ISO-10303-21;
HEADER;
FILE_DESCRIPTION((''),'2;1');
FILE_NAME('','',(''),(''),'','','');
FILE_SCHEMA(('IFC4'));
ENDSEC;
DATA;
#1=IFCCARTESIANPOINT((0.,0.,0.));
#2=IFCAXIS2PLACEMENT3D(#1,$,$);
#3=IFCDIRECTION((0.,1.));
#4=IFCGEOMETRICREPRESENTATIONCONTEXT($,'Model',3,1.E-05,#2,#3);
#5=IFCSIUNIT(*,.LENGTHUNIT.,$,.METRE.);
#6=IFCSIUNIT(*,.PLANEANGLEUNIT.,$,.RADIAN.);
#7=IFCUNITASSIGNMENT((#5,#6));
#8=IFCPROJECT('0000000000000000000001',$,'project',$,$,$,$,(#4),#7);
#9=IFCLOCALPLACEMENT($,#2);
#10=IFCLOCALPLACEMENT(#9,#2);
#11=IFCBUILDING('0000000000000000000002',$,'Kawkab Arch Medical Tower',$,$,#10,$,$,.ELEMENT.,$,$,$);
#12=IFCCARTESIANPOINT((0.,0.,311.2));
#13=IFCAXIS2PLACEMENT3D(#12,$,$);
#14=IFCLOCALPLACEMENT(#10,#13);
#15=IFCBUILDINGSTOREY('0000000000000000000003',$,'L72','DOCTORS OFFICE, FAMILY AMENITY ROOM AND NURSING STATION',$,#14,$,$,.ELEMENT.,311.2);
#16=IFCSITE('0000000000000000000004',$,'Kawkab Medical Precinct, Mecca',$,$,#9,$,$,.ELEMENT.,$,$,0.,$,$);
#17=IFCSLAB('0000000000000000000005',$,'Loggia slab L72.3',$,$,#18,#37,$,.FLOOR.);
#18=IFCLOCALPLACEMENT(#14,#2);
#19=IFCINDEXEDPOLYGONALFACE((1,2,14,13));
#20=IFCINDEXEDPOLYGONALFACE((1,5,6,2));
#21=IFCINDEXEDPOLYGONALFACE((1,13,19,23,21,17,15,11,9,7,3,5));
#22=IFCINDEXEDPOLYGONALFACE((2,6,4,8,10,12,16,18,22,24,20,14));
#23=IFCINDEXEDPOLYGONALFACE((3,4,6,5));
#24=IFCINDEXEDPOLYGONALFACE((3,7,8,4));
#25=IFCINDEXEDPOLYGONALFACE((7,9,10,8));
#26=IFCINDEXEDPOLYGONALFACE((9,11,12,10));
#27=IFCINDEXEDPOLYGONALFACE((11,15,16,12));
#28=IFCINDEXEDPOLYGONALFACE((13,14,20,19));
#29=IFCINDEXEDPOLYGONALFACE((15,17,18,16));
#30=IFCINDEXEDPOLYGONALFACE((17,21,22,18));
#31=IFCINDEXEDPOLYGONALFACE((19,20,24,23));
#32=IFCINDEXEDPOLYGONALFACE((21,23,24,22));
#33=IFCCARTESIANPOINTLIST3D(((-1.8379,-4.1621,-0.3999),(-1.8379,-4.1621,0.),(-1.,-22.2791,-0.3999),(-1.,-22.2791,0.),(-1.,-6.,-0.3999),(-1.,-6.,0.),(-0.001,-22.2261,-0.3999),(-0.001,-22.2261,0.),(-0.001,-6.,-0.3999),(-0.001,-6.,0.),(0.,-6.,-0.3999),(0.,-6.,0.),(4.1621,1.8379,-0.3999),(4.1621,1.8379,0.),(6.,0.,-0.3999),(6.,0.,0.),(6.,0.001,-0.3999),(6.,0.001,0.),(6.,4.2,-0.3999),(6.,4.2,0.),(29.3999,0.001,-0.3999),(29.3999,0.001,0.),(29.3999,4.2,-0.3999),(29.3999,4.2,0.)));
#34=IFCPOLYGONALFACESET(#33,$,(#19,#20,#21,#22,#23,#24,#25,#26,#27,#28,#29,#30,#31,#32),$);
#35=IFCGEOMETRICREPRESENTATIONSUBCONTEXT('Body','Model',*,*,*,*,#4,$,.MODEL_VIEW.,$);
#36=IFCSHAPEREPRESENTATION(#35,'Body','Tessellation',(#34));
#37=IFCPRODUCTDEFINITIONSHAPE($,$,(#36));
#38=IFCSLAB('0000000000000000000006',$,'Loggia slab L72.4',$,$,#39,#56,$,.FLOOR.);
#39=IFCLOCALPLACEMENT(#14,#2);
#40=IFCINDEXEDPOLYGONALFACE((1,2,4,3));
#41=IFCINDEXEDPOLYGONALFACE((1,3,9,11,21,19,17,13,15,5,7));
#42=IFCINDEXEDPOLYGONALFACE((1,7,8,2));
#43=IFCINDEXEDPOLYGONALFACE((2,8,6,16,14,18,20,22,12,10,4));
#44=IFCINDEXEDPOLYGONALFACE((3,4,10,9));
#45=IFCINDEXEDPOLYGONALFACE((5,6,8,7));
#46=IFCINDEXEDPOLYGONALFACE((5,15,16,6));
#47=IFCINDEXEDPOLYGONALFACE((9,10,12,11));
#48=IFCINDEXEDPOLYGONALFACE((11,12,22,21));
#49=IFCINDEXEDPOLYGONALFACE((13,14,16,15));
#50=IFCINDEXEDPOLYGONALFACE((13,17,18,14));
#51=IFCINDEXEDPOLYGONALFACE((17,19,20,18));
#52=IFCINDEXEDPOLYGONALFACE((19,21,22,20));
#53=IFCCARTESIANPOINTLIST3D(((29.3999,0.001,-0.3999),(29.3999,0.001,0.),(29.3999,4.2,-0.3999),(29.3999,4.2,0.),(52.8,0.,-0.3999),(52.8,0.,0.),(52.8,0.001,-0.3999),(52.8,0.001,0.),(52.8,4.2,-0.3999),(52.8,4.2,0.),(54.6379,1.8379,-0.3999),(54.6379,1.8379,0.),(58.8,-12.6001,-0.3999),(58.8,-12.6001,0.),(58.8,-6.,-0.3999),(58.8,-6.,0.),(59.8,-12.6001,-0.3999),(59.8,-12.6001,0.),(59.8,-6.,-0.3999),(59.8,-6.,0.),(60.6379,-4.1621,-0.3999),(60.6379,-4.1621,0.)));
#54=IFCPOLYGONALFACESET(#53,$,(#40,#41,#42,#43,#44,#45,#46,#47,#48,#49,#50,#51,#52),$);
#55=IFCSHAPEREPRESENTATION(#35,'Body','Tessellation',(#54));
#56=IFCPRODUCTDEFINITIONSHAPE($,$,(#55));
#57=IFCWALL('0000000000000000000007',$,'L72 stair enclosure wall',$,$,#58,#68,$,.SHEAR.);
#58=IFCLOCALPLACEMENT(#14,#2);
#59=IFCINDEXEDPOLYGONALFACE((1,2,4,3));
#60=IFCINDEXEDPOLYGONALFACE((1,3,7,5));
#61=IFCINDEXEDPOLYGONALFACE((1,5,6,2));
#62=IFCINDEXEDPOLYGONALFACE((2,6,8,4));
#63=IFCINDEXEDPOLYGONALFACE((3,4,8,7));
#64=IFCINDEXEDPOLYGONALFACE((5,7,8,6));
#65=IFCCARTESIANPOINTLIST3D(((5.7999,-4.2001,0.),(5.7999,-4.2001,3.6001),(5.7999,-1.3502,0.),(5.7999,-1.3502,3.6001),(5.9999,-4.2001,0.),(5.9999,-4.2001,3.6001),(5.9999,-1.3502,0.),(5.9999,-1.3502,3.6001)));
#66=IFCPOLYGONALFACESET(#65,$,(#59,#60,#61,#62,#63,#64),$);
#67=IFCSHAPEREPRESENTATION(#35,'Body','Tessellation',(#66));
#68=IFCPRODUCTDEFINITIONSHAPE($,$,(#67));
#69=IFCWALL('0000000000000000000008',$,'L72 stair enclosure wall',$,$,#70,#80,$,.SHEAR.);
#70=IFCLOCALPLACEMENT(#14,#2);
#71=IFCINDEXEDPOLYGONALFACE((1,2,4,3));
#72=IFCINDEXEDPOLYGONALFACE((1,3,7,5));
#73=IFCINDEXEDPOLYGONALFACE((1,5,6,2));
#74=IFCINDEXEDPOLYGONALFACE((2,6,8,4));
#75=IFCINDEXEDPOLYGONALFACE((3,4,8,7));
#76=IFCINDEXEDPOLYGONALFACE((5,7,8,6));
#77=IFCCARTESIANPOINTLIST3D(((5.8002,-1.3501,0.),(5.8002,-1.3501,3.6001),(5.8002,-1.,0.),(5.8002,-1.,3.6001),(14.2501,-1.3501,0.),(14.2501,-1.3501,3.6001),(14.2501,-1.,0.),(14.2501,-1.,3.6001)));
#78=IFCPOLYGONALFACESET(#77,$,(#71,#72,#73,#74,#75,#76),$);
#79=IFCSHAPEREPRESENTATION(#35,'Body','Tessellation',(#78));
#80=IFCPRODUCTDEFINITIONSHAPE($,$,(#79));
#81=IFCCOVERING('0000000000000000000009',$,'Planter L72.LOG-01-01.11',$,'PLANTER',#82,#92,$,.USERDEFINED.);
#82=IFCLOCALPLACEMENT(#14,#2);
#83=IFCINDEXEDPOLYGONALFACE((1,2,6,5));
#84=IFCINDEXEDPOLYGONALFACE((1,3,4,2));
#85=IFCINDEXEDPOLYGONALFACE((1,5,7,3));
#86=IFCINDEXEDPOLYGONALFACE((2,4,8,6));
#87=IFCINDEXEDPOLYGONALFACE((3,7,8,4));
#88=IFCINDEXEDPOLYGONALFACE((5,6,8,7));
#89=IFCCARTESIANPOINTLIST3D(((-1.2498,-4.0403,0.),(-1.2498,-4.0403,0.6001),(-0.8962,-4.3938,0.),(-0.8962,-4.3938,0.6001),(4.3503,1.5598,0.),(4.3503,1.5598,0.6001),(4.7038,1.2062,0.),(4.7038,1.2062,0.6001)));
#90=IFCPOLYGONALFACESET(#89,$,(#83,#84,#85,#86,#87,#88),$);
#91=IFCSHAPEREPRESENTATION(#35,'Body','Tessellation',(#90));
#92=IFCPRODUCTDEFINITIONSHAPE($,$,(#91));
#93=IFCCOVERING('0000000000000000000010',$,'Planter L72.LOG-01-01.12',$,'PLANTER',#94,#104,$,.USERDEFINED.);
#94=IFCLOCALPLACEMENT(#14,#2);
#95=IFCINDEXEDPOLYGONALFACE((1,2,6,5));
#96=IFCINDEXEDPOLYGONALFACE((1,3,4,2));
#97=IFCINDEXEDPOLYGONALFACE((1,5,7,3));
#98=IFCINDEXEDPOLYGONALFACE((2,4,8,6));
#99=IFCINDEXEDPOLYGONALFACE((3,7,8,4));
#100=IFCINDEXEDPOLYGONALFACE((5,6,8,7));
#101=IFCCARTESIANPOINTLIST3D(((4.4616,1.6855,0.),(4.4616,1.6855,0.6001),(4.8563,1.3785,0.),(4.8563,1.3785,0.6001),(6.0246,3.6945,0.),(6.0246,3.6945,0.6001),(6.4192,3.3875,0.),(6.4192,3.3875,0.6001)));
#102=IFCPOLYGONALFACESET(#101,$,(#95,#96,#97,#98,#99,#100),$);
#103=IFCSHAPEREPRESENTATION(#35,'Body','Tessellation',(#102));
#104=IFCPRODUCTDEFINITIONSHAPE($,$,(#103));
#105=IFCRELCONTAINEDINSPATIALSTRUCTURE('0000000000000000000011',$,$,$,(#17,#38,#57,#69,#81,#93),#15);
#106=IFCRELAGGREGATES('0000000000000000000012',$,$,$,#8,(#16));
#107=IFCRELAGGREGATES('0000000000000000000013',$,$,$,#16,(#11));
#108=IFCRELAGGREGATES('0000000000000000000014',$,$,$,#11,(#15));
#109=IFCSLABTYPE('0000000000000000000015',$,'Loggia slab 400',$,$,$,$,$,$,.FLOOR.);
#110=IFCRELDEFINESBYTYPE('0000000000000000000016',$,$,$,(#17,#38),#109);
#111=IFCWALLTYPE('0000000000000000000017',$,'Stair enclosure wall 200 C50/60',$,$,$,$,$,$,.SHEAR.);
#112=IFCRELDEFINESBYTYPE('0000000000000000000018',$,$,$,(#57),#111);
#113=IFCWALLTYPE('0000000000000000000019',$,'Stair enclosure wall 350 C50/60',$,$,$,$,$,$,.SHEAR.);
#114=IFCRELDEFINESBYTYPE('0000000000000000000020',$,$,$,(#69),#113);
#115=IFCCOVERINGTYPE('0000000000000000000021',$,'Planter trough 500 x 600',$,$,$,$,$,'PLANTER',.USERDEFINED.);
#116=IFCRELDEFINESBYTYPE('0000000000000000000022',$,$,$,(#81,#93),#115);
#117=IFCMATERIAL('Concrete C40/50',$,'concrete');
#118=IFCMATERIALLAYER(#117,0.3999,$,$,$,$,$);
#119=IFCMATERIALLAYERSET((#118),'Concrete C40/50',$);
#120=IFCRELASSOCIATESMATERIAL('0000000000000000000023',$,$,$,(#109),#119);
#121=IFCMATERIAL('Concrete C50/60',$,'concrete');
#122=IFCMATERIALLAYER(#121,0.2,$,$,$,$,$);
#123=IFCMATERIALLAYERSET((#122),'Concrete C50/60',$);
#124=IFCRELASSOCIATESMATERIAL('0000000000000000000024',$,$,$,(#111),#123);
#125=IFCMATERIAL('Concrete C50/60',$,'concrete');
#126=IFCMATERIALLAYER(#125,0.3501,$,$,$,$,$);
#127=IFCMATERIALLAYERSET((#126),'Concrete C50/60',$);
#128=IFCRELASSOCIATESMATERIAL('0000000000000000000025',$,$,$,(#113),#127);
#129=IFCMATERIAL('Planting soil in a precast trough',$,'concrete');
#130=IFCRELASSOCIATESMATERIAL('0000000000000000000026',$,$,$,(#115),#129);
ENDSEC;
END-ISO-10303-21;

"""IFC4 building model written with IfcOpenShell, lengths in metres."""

from ifc_helpers import new_model, si_unit, direction, frame, frame_2d, origin, origin_2d, place, context, subcontext, project, spatial, polyline, rectangle, outline, extrude, material, layer, layer_set, material_profile, profile_set, type_object, element, save


model = new_model("IFC4")

# Units and contexts
model_context = context("Model", 3, precision=1e-05, world=origin(), true_north=direction((0.0, 1.0)))
body_context = subcontext(model_context, "Body", "Model", "MODEL_VIEW")
ifc_project = project(units=[si_unit("LENGTHUNIT", "METRE"), si_unit("PLANEANGLEUNIT", "RADIAN")], contexts=[model_context])

# Site, building, storey
site_placement = place(None, origin())
site = spatial("IfcSite", under=ifc_project, at=site_placement, Name="Kawkab Medical Precinct, Mecca", CompositionType="ELEMENT", RefElevation=0.0)
building_placement = place(site_placement, origin())
building = spatial("IfcBuilding", under=site, at=building_placement, Name="Kawkab Arch Medical Tower", CompositionType="ELEMENT")
storey_placement = place(building_placement, frame((0.0, 0.0, 311.2)))
storey = spatial("IfcBuildingStorey", under=building, at=storey_placement, Name="L72", Description="DOCTORS OFFICE, FAMILY AMENITY ROOM AND NURSING STATION", CompositionType="ELEMENT", Elevation=311.2)

# Slabs
ifc_material_1 = material(Name="Concrete C40/50", Category="concrete")
ifc_layer_1 = layer(ifc_material_1, 0.3999)
ifc_layer_set_1 = layer_set([ifc_layer_1], Name="Concrete C40/50")
slab_type_1 = type_object("IfcSlabType", Name="Loggia slab 400", PredefinedType="FLOOR", material=ifc_layer_set_1)
placement_1 = place(storey_placement, frame((0.0, 0.0, -0.3999)))
element("IfcSlab", 1, at=placement_1, inside=storey, type_object=slab_type_1, Name="Loggia slab L72.3", PredefinedType="FLOOR", context=body_context, shape_type="SweptSolid", body=[
    extrude(outline(polyline([(-1.8379, -4.1621), (4.1621, 1.8379), (6.0, 4.2), (29.3999, 4.2), (29.3999, 0.001), (6.0, 0.001), (6.0, 0.0), (0.0, -6.0), (-0.001, -6.0), (-0.001, -22.2261), (-1.0, -22.2791), (-1.0, -6.0), (-1.8379, -4.1621)])), origin(), (0.0, 0.0, 1.0), 0.3999),
])
element("IfcSlab", 2, at=placement_1, inside=storey, type_object=slab_type_1, Name="Loggia slab L72.4", PredefinedType="FLOOR", context=body_context, shape_type="SweptSolid", body=[
    extrude(outline(polyline([(54.6379, 1.8379), (60.6379, -4.1621), (59.8, -6.0), (59.8, -12.6001), (58.8, -12.6001), (58.8, -6.0), (52.8, 0.0), (52.8, 0.001), (29.3999, 0.001), (29.3999, 4.2), (52.8, 4.2), (54.6379, 1.8379)])), origin(), (0.0, 0.0, 1.0), 0.3999),
])

# Walls
ifc_material_2 = material(Name="Concrete C50/60", Category="concrete")
ifc_layer_2 = layer(ifc_material_2, 0.2)
ifc_layer_set_2 = layer_set([ifc_layer_2], Name="Concrete C50/60")
wall_type_1 = type_object("IfcWallType", Name="Stair enclosure wall 200 C50/60", PredefinedType="SHEAR", material=ifc_layer_set_2)
wall_1_placement = place(storey_placement, frame((5.8999, -4.2, 0.0), z_axis=(0.0, 0.0, 1.0), x_axis=(0.0, 1.0, 0.0)))
element("IfcWall", 3, at=wall_1_placement, inside=storey, type_object=wall_type_1, Name="L72 stair enclosure wall", PredefinedType="SHEAR", context=body_context, shape_type="SweptSolid", body=[
    extrude(rectangle(XDim=2.8499, YDim=0.2, at=frame_2d((1.4248, 0.0))), origin(), (0.0, 0.0, 1.0), 3.6001),
])
ifc_material_3 = material(Name="Concrete C50/60", Category="concrete")
ifc_layer_3 = layer(ifc_material_3, 0.3501)
ifc_layer_set_3 = layer_set([ifc_layer_3], Name="Concrete C50/60")
wall_type_2 = type_object("IfcWallType", Name="Stair enclosure wall 350 C50/60", PredefinedType="SHEAR", material=ifc_layer_set_3)
wall_2_placement = place(storey_placement, frame((5.8, -1.175, 0.0), z_axis=(0.0, 0.0, 1.0), x_axis=(1.0, 0.0, 0.0)))
element("IfcWall", 4, at=wall_2_placement, inside=storey, type_object=wall_type_2, Name="L72 stair enclosure wall", PredefinedType="SHEAR", context=body_context, shape_type="SweptSolid", body=[
    extrude(rectangle(XDim=8.45, YDim=0.3501, at=frame_2d((4.2251, 0.0))), origin(), (0.0, 0.0, 1.0), 3.6001),
])

# Coverings
ifc_material_4 = material(Name="Planting soil in a precast trough", Category="concrete")
ifc_material_profile_1 = material_profile(ifc_material_4, rectangle(XDim=0.5, YDim=0.6001, at=origin_2d()), Name="Trough 500x600")
ifc_profile_set_1 = profile_set([ifc_material_profile_1], Name="Planting soil in a precast trough")
covering_type = type_object("IfcCoveringType", Name="Planter trough 500 x 600", ElementType="PLANTER", PredefinedType="USERDEFINED", material=ifc_profile_set_1)
covering_1_placement = place(storey_placement, frame((-1.073, -4.217, 0.3), z_axis=(0.707107, 0.707107, 0.0), x_axis=(-0.707107, 0.707107, 0.0)))
element("IfcCovering", 5, at=covering_1_placement, inside=storey, type_object=covering_type, Name="Planter L72.LOG-01-01.11", ObjectType="PLANTER", PredefinedType="USERDEFINED", context=body_context, shape_type="SweptSolid", body=[
    extrude(rectangle(XDim=0.5, YDim=0.6001, at=origin_2d()), origin(), (0.0, 0.0, 1.0), 7.9197),
])
covering_2_placement = place(storey_placement, frame((4.6589, 1.532, 0.3), z_axis=(0.61404, 0.789275, 0.0), x_axis=(-0.789275, 0.61404, 0.0)))
element("IfcCovering", 6, at=covering_2_placement, inside=storey, type_object=covering_type, Name="Planter L72.LOG-01-01.12", ObjectType="PLANTER", PredefinedType="USERDEFINED", context=body_context, shape_type="SweptSolid", body=[
    extrude(rectangle(XDim=0.5, YDim=0.6001, at=origin_2d()), origin(), (0.0, 0.0, 1.0), 2.5454),
])

save(model, "model.ifc")
